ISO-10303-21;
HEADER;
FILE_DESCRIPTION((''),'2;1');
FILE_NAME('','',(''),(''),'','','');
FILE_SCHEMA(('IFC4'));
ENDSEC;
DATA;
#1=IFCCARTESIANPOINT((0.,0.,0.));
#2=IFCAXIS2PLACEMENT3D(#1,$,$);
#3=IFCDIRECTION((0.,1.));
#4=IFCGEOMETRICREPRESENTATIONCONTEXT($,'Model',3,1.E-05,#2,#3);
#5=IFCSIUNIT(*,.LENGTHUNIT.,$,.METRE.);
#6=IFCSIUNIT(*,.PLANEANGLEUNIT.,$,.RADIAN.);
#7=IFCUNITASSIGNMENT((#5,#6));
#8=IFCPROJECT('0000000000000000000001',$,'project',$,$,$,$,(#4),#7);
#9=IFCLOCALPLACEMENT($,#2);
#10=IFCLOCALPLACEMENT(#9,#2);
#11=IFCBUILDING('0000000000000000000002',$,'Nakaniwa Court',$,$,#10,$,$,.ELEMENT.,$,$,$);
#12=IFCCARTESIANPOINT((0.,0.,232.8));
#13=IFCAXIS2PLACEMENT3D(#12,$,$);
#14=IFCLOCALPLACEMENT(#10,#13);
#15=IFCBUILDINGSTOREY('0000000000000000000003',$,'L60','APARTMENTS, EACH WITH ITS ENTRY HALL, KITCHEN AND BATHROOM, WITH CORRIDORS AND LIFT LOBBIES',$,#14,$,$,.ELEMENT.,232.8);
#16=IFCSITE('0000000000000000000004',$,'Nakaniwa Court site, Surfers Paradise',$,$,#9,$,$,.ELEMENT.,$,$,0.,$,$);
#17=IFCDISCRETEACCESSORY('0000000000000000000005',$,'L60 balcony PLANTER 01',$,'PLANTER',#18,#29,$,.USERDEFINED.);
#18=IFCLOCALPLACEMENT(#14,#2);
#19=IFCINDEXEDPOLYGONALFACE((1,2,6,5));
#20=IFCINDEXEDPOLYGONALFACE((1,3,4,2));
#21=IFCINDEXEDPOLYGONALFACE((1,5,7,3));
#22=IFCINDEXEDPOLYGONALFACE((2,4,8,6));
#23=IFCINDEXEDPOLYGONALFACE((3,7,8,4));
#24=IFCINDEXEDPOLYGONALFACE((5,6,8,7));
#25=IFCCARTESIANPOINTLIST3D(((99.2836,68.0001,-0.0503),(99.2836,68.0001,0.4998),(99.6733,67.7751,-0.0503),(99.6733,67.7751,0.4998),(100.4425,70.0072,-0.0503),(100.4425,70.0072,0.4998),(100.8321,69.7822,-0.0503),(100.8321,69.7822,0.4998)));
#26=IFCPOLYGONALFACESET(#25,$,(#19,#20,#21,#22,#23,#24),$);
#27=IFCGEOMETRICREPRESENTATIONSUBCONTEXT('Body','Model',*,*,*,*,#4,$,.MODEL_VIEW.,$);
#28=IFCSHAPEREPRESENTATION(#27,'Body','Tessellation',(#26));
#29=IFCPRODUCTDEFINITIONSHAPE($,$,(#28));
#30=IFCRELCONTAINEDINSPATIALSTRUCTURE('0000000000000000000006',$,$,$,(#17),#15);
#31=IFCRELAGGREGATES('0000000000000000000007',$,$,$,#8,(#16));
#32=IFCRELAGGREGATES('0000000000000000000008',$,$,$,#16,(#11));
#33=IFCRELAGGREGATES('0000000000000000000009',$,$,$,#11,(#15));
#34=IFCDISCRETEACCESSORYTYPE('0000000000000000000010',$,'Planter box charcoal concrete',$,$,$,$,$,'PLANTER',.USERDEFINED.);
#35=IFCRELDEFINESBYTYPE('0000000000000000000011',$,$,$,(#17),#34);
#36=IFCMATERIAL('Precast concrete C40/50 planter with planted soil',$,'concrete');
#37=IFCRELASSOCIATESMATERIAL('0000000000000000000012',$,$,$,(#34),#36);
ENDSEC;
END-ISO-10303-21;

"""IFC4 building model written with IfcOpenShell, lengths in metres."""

from ifc_helpers import new_model, si_unit, direction, frame, origin, origin_2d, place, context, subcontext, project, spatial, rectangle, extrude, material, type_object, element, save


model = new_model("IFC4")

# Units and contexts
model_context = context("Model", 3, precision=1e-05, world=origin(), true_north=direction((0.0, 1.0)))
body_context = subcontext(model_context, "Body", "Model", "MODEL_VIEW")
ifc_project = project(units=[si_unit("LENGTHUNIT", "METRE"), si_unit("PLANEANGLEUNIT", "RADIAN")], contexts=[model_context])

# Site, building, storey
site_placement = place(None, origin())
site = spatial("IfcSite", under=ifc_project, at=site_placement, Name="Nakaniwa Court site, Surfers Paradise", CompositionType="ELEMENT", RefElevation=0.0)
building_placement = place(site_placement, origin())
building = spatial("IfcBuilding", under=site, at=building_placement, Name="Nakaniwa Court", CompositionType="ELEMENT")
storey_placement = place(building_placement, frame((0.0, 0.0, 232.8)))
storey = spatial("IfcBuildingStorey", under=building, at=storey_placement, Name="L60", Description="APARTMENTS, EACH WITH ITS ENTRY HALL, KITCHEN AND BATHROOM, WITH CORRIDORS AND LIFT LOBBIES", CompositionType="ELEMENT", Elevation=232.8)

# Discrete accessory
ifc_material_1 = material(Name="Precast concrete C40/50 planter with planted soil", Category="concrete")
discrete_accessory_type_1 = type_object("IfcDiscreteAccessoryType", Name="Planter box charcoal concrete", ElementType="PLANTER", PredefinedType="USERDEFINED", material=ifc_material_1)
discrete_accessory_placement = place(storey_placement, frame((100.0579, 68.8911, -0.0503), z_axis=(0.0, 0.0, 1.0), x_axis=(0.500017, 0.866016, 0.0)))
element("IfcDiscreteAccessory", 1, at=discrete_accessory_placement, inside=storey, type_object=discrete_accessory_type_1, Name="L60 balcony PLANTER 01", ObjectType="PLANTER", PredefinedType="USERDEFINED", context=body_context, shape_type="SweptSolid", body=[
    extrude(rectangle(XDim=2.3176, YDim=0.45, at=origin_2d()), origin(), (0.0, 0.0, 1.0), 0.55),
])

save(model, "model.ifc")
